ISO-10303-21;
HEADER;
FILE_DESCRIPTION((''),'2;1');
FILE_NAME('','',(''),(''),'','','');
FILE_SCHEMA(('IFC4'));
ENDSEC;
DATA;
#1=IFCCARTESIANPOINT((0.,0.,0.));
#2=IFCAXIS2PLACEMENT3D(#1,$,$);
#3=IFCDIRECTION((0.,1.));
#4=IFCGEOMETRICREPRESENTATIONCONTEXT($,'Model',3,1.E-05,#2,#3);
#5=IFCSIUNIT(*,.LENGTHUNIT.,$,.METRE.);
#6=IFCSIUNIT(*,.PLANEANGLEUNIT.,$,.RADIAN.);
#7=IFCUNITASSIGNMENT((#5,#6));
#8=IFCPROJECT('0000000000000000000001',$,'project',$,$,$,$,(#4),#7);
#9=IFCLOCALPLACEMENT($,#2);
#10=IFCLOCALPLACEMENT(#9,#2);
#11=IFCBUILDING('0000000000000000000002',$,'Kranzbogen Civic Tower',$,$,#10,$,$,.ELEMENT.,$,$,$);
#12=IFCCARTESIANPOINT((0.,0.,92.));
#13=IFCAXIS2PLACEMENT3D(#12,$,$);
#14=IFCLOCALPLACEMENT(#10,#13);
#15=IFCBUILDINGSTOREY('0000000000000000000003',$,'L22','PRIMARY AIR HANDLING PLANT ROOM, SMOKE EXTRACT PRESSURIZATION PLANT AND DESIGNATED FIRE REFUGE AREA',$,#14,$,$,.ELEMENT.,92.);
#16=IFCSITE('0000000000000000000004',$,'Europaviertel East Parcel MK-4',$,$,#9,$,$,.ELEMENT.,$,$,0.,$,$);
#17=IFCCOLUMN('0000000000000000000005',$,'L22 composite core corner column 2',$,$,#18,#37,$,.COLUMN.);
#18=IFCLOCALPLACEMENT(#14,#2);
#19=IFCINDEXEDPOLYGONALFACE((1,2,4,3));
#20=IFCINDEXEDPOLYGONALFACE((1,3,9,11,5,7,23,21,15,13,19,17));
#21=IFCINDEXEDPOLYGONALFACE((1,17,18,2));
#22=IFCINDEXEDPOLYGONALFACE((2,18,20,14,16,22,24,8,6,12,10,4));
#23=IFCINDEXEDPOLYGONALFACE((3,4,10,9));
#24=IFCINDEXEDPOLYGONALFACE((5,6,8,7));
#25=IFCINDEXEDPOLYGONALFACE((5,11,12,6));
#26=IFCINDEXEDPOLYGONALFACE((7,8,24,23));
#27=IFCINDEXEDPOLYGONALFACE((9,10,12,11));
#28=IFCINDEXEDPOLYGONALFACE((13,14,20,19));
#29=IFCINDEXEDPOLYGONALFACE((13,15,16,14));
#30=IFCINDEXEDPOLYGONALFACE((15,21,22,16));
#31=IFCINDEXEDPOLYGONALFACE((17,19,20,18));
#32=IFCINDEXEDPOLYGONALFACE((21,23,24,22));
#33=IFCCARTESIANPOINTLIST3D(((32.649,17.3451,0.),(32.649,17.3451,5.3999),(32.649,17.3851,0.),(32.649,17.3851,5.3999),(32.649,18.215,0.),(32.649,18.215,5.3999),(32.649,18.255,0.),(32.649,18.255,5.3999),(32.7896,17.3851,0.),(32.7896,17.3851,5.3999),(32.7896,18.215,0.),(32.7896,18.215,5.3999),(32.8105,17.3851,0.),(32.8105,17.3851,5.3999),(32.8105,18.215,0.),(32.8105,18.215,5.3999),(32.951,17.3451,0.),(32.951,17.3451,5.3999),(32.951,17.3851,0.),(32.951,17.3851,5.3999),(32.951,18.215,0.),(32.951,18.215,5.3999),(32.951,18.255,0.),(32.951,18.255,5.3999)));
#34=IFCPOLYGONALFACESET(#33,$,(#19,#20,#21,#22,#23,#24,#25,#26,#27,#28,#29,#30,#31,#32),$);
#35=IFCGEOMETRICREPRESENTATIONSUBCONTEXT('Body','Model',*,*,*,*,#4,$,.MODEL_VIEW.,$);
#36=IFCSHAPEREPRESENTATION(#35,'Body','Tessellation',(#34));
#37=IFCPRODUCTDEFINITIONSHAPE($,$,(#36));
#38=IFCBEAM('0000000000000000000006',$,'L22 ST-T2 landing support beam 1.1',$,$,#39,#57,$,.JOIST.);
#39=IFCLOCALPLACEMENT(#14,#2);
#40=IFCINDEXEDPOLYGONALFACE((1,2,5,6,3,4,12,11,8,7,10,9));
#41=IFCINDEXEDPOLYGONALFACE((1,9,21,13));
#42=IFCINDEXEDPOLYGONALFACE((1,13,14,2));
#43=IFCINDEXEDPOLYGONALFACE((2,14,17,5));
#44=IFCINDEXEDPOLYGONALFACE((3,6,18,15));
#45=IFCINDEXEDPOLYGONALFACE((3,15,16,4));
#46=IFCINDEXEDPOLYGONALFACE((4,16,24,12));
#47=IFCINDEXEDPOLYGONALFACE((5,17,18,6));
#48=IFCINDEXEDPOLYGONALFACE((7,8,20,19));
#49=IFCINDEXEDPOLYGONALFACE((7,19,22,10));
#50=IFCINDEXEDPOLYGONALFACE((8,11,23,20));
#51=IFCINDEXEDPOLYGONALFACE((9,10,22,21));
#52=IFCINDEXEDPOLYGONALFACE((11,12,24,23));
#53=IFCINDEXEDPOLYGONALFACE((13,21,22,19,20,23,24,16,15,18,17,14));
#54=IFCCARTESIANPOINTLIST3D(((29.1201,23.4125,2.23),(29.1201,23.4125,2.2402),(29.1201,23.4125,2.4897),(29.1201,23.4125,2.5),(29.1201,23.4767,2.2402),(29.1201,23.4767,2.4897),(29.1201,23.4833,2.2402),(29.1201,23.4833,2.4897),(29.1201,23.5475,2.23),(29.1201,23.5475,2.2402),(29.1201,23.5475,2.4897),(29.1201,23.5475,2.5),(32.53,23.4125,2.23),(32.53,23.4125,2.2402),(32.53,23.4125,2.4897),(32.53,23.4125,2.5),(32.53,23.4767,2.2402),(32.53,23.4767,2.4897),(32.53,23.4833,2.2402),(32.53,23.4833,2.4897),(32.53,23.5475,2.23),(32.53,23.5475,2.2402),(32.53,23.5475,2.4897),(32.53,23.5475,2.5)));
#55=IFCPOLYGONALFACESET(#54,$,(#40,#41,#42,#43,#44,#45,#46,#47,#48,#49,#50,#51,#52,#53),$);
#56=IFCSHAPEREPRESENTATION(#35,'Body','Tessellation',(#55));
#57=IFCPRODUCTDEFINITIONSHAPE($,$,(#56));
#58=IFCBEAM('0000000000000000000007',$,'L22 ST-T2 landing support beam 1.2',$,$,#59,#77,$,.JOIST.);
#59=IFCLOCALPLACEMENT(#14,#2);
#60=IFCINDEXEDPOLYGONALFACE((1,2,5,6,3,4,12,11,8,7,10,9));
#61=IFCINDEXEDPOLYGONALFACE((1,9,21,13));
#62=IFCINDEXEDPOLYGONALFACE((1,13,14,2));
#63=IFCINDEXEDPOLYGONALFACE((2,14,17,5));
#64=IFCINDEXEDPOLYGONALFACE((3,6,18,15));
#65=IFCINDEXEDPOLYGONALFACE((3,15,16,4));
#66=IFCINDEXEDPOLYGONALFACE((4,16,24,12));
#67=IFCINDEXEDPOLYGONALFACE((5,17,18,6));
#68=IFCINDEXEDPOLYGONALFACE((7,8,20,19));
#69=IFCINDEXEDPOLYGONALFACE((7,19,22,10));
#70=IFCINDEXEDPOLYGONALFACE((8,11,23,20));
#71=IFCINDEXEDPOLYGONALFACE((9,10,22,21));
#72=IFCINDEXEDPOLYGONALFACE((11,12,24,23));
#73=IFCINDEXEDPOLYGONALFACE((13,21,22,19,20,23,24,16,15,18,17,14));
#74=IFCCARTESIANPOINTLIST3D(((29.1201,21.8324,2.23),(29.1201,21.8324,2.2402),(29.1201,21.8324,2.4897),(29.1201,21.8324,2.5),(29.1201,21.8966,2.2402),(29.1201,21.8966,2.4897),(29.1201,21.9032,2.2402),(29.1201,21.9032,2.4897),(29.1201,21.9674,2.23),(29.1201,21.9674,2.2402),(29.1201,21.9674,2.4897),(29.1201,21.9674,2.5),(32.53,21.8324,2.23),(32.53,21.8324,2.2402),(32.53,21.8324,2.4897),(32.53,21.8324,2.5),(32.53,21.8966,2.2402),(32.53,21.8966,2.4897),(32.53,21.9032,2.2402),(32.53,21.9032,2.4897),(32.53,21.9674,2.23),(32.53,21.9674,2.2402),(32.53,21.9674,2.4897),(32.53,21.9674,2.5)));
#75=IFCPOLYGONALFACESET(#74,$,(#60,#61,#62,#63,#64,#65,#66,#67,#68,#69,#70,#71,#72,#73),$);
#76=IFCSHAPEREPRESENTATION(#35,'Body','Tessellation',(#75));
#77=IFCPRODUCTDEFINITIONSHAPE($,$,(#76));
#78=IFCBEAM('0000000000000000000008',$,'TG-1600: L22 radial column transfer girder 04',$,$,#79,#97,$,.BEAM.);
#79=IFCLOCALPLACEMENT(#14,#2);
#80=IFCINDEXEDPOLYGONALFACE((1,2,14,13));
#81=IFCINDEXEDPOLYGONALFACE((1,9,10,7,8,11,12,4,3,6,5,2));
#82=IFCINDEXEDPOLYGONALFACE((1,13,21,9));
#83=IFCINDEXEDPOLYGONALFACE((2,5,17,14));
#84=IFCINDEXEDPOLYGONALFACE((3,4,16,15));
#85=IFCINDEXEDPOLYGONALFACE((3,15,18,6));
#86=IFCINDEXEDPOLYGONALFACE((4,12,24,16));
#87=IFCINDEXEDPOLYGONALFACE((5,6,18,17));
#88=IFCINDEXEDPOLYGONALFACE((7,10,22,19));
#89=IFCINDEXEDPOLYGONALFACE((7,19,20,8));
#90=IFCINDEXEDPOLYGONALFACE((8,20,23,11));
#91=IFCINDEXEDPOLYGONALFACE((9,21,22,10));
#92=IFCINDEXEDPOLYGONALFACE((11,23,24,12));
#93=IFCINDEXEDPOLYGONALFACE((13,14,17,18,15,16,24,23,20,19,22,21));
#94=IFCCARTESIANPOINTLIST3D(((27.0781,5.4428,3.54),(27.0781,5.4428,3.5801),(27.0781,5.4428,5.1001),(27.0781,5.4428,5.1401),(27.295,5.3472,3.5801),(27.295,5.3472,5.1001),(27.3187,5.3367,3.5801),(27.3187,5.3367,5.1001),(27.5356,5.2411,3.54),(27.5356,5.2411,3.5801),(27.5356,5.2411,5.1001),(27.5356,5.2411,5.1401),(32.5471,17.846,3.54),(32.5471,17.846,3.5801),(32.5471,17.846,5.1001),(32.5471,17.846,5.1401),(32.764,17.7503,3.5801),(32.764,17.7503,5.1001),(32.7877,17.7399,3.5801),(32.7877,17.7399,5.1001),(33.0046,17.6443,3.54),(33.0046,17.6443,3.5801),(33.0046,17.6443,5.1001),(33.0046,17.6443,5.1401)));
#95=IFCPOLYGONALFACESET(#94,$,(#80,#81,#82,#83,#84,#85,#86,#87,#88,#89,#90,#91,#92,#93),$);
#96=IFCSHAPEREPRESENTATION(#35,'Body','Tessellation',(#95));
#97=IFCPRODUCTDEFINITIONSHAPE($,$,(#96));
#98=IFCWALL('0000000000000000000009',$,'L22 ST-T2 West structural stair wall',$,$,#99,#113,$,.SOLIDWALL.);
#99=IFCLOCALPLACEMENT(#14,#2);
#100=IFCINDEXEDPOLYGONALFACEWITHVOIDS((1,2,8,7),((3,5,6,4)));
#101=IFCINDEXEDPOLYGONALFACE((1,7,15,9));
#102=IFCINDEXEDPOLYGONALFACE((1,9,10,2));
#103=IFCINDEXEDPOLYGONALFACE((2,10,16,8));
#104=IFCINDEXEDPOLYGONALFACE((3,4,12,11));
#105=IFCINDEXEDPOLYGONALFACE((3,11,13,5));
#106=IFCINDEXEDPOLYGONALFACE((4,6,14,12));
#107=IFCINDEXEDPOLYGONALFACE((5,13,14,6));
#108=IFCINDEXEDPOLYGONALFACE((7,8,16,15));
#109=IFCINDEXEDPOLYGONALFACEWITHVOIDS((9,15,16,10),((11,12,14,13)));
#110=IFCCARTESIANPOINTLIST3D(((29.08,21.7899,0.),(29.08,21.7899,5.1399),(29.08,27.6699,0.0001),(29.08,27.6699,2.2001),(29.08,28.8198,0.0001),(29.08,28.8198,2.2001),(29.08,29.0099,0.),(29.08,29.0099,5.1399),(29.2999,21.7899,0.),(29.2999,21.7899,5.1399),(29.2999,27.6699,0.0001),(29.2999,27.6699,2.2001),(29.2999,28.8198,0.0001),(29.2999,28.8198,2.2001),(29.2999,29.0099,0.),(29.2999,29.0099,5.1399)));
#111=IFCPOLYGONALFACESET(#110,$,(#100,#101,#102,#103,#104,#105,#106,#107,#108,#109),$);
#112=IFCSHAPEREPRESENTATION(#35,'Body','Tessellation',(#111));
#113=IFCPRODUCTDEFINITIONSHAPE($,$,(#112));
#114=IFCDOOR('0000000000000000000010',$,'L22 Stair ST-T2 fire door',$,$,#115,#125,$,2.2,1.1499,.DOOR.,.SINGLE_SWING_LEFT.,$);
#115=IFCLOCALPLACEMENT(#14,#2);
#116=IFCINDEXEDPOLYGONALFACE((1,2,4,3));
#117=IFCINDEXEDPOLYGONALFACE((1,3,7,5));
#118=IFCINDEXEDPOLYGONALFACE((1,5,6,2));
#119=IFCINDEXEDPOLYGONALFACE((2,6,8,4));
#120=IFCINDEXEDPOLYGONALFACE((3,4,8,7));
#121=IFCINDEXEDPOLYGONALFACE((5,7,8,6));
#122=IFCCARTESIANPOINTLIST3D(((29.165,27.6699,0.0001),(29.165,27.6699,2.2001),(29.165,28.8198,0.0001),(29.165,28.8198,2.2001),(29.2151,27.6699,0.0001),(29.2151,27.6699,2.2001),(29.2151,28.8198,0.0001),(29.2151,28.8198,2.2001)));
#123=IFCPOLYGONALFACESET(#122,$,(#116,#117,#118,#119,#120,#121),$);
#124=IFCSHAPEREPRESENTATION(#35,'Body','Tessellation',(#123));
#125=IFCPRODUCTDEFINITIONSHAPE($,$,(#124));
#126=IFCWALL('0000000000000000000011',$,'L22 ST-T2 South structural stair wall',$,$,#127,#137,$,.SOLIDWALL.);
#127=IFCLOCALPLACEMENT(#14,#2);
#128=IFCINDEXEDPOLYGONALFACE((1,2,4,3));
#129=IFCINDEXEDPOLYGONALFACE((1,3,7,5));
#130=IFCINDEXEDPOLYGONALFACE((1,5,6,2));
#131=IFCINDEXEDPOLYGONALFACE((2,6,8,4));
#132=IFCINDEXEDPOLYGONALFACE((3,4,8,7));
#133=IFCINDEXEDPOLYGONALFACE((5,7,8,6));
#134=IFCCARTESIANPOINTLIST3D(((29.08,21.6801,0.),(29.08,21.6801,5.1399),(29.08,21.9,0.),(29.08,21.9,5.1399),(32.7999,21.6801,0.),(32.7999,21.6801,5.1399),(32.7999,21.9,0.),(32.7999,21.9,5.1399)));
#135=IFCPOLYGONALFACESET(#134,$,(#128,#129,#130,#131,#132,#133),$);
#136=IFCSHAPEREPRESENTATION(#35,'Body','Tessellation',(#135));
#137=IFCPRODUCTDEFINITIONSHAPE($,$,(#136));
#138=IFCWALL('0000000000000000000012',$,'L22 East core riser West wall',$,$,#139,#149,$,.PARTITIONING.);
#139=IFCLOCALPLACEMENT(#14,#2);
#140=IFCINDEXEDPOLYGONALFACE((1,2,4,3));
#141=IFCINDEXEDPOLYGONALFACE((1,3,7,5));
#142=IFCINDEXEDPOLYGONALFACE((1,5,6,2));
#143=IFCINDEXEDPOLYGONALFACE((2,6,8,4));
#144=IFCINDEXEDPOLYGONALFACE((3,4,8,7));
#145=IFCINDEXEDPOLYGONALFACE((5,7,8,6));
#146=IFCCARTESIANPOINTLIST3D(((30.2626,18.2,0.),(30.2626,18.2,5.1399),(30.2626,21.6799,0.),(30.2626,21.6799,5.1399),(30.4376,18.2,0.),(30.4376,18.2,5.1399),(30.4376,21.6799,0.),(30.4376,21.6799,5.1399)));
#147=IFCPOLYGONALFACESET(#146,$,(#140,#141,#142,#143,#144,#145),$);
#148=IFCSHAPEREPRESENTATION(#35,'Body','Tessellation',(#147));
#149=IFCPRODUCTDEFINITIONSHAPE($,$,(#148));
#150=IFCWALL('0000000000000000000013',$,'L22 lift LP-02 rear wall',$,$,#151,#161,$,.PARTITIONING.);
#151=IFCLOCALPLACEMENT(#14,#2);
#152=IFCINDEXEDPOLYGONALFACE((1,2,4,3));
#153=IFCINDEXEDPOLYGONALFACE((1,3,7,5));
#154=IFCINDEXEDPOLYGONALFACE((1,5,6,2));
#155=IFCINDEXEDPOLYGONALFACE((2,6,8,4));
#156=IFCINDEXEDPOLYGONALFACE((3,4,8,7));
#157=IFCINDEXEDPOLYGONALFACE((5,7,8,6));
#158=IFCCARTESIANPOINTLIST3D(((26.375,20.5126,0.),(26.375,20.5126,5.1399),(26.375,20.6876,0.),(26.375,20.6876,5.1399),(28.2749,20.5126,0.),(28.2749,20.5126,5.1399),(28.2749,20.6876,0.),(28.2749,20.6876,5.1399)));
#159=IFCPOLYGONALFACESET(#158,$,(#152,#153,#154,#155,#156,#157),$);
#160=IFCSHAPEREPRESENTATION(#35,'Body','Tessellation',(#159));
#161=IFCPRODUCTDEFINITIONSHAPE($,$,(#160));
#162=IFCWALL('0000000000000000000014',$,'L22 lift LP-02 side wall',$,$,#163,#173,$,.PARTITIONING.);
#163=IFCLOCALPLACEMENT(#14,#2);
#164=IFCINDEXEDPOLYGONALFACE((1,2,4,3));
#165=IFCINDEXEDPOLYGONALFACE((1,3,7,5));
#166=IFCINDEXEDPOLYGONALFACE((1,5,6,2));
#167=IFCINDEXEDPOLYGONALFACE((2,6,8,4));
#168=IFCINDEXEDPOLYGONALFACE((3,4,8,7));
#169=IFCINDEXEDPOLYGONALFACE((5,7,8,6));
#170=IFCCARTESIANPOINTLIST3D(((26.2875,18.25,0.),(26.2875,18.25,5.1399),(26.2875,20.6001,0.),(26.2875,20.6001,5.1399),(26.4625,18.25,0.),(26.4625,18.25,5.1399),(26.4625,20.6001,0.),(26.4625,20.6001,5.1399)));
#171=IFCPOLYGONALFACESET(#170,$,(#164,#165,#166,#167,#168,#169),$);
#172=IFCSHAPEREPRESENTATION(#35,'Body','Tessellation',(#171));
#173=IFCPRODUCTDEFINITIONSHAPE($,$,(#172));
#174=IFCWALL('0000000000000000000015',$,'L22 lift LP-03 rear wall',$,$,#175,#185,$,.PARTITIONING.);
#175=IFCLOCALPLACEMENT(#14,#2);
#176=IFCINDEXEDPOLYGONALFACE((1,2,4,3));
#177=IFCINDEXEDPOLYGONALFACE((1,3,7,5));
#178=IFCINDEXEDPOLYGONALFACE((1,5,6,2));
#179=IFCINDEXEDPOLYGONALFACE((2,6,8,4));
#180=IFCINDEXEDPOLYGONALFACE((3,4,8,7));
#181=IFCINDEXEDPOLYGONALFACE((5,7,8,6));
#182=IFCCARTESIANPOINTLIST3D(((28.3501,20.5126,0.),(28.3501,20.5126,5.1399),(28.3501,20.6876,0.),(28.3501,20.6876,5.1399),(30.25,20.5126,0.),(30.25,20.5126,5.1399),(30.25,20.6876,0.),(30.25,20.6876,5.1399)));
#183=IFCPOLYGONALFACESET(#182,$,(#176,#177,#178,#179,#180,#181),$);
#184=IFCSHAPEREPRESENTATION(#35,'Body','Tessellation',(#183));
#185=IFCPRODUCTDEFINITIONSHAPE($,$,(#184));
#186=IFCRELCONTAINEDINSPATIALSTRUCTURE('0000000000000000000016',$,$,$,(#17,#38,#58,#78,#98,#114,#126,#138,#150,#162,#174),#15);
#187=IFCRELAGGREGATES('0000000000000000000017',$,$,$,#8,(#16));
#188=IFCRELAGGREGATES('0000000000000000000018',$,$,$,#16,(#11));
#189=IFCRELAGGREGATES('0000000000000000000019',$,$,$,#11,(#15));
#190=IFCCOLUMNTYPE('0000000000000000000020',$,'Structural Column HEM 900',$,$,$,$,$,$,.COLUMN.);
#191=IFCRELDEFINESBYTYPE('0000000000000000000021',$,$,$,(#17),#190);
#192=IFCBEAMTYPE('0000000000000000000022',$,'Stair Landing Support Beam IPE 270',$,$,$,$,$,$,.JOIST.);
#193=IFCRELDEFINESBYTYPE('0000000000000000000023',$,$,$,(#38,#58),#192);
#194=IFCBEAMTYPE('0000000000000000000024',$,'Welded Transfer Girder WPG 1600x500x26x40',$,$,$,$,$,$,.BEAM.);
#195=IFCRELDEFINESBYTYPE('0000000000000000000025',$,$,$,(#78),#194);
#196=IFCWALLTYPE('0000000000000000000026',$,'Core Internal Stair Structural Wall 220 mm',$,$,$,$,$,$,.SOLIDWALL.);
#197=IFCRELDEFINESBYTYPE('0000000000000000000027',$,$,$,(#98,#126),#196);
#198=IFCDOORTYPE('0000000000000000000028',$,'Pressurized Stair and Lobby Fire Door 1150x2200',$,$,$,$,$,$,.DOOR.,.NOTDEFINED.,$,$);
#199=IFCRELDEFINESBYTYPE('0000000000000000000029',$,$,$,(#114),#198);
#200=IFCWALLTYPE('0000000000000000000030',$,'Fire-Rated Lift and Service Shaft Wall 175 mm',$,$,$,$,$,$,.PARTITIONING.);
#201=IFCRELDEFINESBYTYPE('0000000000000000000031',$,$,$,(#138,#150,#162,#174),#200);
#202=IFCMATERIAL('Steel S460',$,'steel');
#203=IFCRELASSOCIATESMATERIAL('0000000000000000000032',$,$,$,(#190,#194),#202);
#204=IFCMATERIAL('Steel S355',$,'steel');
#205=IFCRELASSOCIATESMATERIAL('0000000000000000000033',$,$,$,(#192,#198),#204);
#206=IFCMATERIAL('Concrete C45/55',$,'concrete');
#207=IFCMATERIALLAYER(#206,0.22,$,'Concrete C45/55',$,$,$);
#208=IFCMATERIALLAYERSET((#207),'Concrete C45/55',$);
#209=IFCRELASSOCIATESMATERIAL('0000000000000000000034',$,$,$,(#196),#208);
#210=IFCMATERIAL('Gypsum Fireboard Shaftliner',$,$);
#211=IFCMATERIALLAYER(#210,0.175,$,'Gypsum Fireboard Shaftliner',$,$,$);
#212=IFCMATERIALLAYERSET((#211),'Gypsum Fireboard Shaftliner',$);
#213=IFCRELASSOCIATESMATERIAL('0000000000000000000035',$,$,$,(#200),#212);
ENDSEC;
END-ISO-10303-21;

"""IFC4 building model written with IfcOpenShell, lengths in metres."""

from ifc_helpers import new_model, si_unit, direction, frame, frame_2d, origin, origin_2d, place, context, subcontext, project, spatial, rectangle, i_section, extrude, material, layer, layer_set, material_profile, profile_set, type_object, element, fill, save


model = new_model("IFC4")

# Units and contexts
model_context = context("Model", 3, precision=1e-05, world=origin(), true_north=direction((0.0, 1.0)))
body_context = subcontext(model_context, "Body", "Model", "MODEL_VIEW")
ifc_project = project(units=[si_unit("LENGTHUNIT", "METRE"), si_unit("PLANEANGLEUNIT", "RADIAN")], contexts=[model_context])

# Site, building, storey
site_placement = place(None, origin())
site = spatial("IfcSite", under=ifc_project, at=site_placement, Name="Europaviertel East Parcel MK-4", CompositionType="ELEMENT", RefElevation=0.0)
building_placement = place(site_placement, origin())
building = spatial("IfcBuilding", under=site, at=building_placement, Name="Kranzbogen Civic Tower", CompositionType="ELEMENT")
storey_placement = place(building_placement, frame((0.0, 0.0, 92.0)))
storey = spatial("IfcBuildingStorey", under=building, at=storey_placement, Name="L22", Description="PRIMARY AIR HANDLING PLANT ROOM, SMOKE EXTRACT PRESSURIZATION PLANT AND DESIGNATED FIRE REFUGE AREA", CompositionType="ELEMENT", Elevation=92.0)

# Column
ifc_material_1 = material(Name="Steel S460", Category="steel")
ifc_material_profile_1 = material_profile(ifc_material_1, i_section(OverallWidth=0.302, OverallDepth=0.9099, WebThickness=0.021, FlangeThickness=0.04, at=origin_2d()), Name="HEM 900")
ifc_profile_set_1 = profile_set([ifc_material_profile_1], Name="Steel S460")
column_type = type_object("IfcColumnType", Name="Structural Column HEM 900", PredefinedType="COLUMN", material=ifc_profile_set_1)
column_placement = place(storey_placement, frame((32.8, 17.8, 0.0), z_axis=(0.0, 0.0, 1.0), x_axis=(1.0, 0.0, 0.0)))
element("IfcColumn", 1, at=column_placement, inside=storey, type_object=column_type, Name="L22 composite core corner column 2", PredefinedType="COLUMN", context=body_context, shape_type="SweptSolid", body=[
    extrude(i_section(OverallWidth=0.302, OverallDepth=0.9099, WebThickness=0.021, FlangeThickness=0.04, at=origin_2d()), origin(), (0.0, 0.0, 1.0), 5.3999),
])

# Beams
ifc_material_2 = material(Name="Steel S355", Category="steel")
ifc_material_profile_2 = material_profile(ifc_material_2, i_section(OverallWidth=0.135, OverallDepth=0.27, WebThickness=0.0066, FlangeThickness=0.0103, at=origin_2d()), Name="IPE 270")
ifc_profile_set_2 = profile_set([ifc_material_profile_2], Name="Steel S355")
beam_type_1 = type_object("IfcBeamType", Name="Stair Landing Support Beam IPE 270", PredefinedType="JOIST", material=ifc_profile_set_2)
for number, where, z_axis, x_axis, name in (
    (2, (29.1201, 23.48, 2.365), (1.0, 0.0, 0.0), (0.0, 1.0, 0.0), "L22 ST-T2 landing support beam 1.1"),
    (3, (29.1201, 21.8999, 2.365), (1.0, 0.0, 0.0), (0.0, 1.0, 0.0), "L22 ST-T2 landing support beam 1.2"),
):
    element("IfcBeam", number, at=place(storey_placement, frame(where, z_axis=z_axis, x_axis=x_axis)), inside=storey, type_object=beam_type_1, Name=name, PredefinedType="JOIST", context=body_context, shape_type="SweptSolid", body=[
        extrude(i_section(OverallWidth=0.135, OverallDepth=0.27, WebThickness=0.0066, FlangeThickness=0.0103, at=origin_2d()), origin(), (0.0, 0.0, 1.0), 3.4099),
    ])
ifc_material_profile_3 = material_profile(ifc_material_1, i_section(OverallWidth=0.5, OverallDepth=1.6001, WebThickness=0.0259, FlangeThickness=0.04, at=origin_2d()), Name="WPG 1600x500x26x40")
ifc_profile_set_3 = profile_set([ifc_material_profile_3], Name="Steel S460")
beam_type_2 = type_object("IfcBeamType", Name="Welded Transfer Girder WPG 1600x500x26x40", PredefinedType="BEAM", material=ifc_profile_set_3)
beam_placement = place(storey_placement, frame((32.7759, 17.7451, 4.3401), z_axis=(-0.403458, -0.914998, 0.0), x_axis=(0.914998, -0.403458, 0.0)))
element("IfcBeam", 4, at=beam_placement, inside=storey, type_object=beam_type_2, Name="TG-1600: L22 radial column transfer girder 04", PredefinedType="BEAM", context=body_context, shape_type="SweptSolid", body=[
    extrude(i_section(OverallWidth=0.5, OverallDepth=1.6001, WebThickness=0.0259, FlangeThickness=0.04, at=origin_2d()), origin(), (0.0, 0.0, 1.0), 13.5554),
])

# Wall, opening, door
ifc_material_3 = material(Name="Concrete C45/55", Category="concrete")
ifc_layer_1 = layer(ifc_material_3, 0.22, Name="Concrete C45/55")
ifc_layer_set_1 = layer_set([ifc_layer_1], Name="Concrete C45/55")
wall_type_1 = type_object("IfcWallType", Name="Core Internal Stair Structural Wall 220 mm", PredefinedType="SOLIDWALL", material=ifc_layer_set_1)
wall_1_placement = place(storey_placement, frame((29.1899, 21.79, 0.0), z_axis=(0.0, 0.0, 1.0), x_axis=(0.0, 1.0, 0.0)))
wall_1 = element("IfcWall", 5, at=wall_1_placement, inside=storey, type_object=wall_type_1, Name="L22 ST-T2 West structural stair wall", PredefinedType="SOLIDWALL", context=body_context, shape_type="SweptSolid", body=[
    extrude(rectangle(XDim=7.22, YDim=0.22, at=frame_2d((3.6099, 0.0))), origin(), (0.0, 0.0, 1.0), 5.1399),
])
opening_placement = place(wall_1_placement, frame((5.8799, 0.0, 0.0)))
opening = element("IfcOpeningElement", 6, at=opening_placement, cuts=wall_1, PredefinedType="OPENING", context=body_context, shape_type="SweptSolid", body=[
    extrude(rectangle(XDim=1.1499, YDim=2.2, at=frame_2d((0.575, 1.1001))), frame((0.0, 0.1201, 0.0), z_axis=(0.0, -1.0, 0.0), x_axis=(1.0, 0.0, 0.0)), (0.0, 0.0, 1.0), 0.24),
])
door_type = type_object("IfcDoorType", Name="Pressurized Stair and Lobby Fire Door 1150x2200", OperationType="NOTDEFINED", PredefinedType="DOOR", material=ifc_material_2)
door_placement = place(opening_placement, origin())
door = element("IfcDoor", 7, at=door_placement, inside=storey, type_object=door_type, Name="L22 Stair ST-T2 fire door", OperationType="SINGLE_SWING_LEFT", OverallHeight=2.2, OverallWidth=1.1499, PredefinedType="DOOR", context=body_context, shape_type="SweptSolid", body=[
    extrude(rectangle(XDim=1.1499, YDim=2.2, at=frame_2d((0.575, 1.1001))), frame((0.0, 0.0249, 0.0), z_axis=(0.0, -1.0, 0.0), x_axis=(1.0, 0.0, 0.0)), (0.0, 0.0, 1.0), 0.05),
])
fill(opening, door)

# Walls
wall_2_placement = place(storey_placement, frame((29.0801, 21.79, 0.0), z_axis=(0.0, 0.0, 1.0), x_axis=(1.0, 0.0, 0.0)))
element("IfcWall", 8, at=wall_2_placement, inside=storey, type_object=wall_type_1, Name="L22 ST-T2 South structural stair wall", PredefinedType="SOLIDWALL", context=body_context, shape_type="SweptSolid", body=[
    extrude(rectangle(XDim=3.72, YDim=0.22, at=frame_2d((1.8599, 0.0))), origin(), (0.0, 0.0, 1.0), 5.1399),
])
ifc_material_4 = material(Name="Gypsum Fireboard Shaftliner")
ifc_layer_2 = layer(ifc_material_4, 0.175, Name="Gypsum Fireboard Shaftliner")
ifc_layer_set_2 = layer_set([ifc_layer_2], Name="Gypsum Fireboard Shaftliner")
wall_type_2 = type_object("IfcWallType", Name="Fire-Rated Lift and Service Shaft Wall 175 mm", PredefinedType="PARTITIONING", material=ifc_layer_set_2)
wall_3_placement = place(storey_placement, frame((30.3501, 18.2, 0.0), z_axis=(0.0, 0.0, 1.0), x_axis=(0.0, 1.0, 0.0)))
element("IfcWall", 9, at=wall_3_placement, inside=storey, type_object=wall_type_2, Name="L22 East core riser West wall", PredefinedType="PARTITIONING", context=body_context, shape_type="SweptSolid", body=[
    extrude(rectangle(XDim=3.48, YDim=0.175, at=frame_2d((1.74, 0.0))), origin(), (0.0, 0.0, 1.0), 5.1399),
])
wall_4_placement = place(storey_placement, frame((26.375, 20.6001, 0.0), z_axis=(0.0, 0.0, 1.0), x_axis=(1.0, 0.0, 0.0)))
element("IfcWall", 10, at=wall_4_placement, inside=storey, type_object=wall_type_2, Name="L22 lift LP-02 rear wall", PredefinedType="PARTITIONING", context=body_context, shape_type="SweptSolid", body=[
    extrude(rectangle(XDim=1.8999, YDim=0.175, at=frame_2d((0.95, 0.0))), origin(), (0.0, 0.0, 1.0), 5.1399),
])
wall_5_placement = place(storey_placement, frame((26.375, 18.25, 0.0), z_axis=(0.0, 0.0, 1.0), x_axis=(0.0, 1.0, 0.0)))
element("IfcWall", 11, at=wall_5_placement, inside=storey, type_object=wall_type_2, Name="L22 lift LP-02 side wall", PredefinedType="PARTITIONING", context=body_context, shape_type="SweptSolid", body=[
    extrude(rectangle(XDim=2.3501, YDim=0.175, at=frame_2d((1.175, 0.0))), origin(), (0.0, 0.0, 1.0), 5.1399),
])
wall_6_placement = place(storey_placement, frame((28.3501, 20.6001, 0.0), z_axis=(0.0, 0.0, 1.0), x_axis=(1.0, 0.0, 0.0)))
element("IfcWall", 12, at=wall_6_placement, inside=storey, type_object=wall_type_2, Name="L22 lift LP-03 rear wall", PredefinedType="PARTITIONING", context=body_context, shape_type="SweptSolid", body=[
    extrude(rectangle(XDim=1.8999, YDim=0.175, at=frame_2d((0.95, 0.0))), origin(), (0.0, 0.0, 1.0), 5.1399),
])

save(model, "model.ifc")
